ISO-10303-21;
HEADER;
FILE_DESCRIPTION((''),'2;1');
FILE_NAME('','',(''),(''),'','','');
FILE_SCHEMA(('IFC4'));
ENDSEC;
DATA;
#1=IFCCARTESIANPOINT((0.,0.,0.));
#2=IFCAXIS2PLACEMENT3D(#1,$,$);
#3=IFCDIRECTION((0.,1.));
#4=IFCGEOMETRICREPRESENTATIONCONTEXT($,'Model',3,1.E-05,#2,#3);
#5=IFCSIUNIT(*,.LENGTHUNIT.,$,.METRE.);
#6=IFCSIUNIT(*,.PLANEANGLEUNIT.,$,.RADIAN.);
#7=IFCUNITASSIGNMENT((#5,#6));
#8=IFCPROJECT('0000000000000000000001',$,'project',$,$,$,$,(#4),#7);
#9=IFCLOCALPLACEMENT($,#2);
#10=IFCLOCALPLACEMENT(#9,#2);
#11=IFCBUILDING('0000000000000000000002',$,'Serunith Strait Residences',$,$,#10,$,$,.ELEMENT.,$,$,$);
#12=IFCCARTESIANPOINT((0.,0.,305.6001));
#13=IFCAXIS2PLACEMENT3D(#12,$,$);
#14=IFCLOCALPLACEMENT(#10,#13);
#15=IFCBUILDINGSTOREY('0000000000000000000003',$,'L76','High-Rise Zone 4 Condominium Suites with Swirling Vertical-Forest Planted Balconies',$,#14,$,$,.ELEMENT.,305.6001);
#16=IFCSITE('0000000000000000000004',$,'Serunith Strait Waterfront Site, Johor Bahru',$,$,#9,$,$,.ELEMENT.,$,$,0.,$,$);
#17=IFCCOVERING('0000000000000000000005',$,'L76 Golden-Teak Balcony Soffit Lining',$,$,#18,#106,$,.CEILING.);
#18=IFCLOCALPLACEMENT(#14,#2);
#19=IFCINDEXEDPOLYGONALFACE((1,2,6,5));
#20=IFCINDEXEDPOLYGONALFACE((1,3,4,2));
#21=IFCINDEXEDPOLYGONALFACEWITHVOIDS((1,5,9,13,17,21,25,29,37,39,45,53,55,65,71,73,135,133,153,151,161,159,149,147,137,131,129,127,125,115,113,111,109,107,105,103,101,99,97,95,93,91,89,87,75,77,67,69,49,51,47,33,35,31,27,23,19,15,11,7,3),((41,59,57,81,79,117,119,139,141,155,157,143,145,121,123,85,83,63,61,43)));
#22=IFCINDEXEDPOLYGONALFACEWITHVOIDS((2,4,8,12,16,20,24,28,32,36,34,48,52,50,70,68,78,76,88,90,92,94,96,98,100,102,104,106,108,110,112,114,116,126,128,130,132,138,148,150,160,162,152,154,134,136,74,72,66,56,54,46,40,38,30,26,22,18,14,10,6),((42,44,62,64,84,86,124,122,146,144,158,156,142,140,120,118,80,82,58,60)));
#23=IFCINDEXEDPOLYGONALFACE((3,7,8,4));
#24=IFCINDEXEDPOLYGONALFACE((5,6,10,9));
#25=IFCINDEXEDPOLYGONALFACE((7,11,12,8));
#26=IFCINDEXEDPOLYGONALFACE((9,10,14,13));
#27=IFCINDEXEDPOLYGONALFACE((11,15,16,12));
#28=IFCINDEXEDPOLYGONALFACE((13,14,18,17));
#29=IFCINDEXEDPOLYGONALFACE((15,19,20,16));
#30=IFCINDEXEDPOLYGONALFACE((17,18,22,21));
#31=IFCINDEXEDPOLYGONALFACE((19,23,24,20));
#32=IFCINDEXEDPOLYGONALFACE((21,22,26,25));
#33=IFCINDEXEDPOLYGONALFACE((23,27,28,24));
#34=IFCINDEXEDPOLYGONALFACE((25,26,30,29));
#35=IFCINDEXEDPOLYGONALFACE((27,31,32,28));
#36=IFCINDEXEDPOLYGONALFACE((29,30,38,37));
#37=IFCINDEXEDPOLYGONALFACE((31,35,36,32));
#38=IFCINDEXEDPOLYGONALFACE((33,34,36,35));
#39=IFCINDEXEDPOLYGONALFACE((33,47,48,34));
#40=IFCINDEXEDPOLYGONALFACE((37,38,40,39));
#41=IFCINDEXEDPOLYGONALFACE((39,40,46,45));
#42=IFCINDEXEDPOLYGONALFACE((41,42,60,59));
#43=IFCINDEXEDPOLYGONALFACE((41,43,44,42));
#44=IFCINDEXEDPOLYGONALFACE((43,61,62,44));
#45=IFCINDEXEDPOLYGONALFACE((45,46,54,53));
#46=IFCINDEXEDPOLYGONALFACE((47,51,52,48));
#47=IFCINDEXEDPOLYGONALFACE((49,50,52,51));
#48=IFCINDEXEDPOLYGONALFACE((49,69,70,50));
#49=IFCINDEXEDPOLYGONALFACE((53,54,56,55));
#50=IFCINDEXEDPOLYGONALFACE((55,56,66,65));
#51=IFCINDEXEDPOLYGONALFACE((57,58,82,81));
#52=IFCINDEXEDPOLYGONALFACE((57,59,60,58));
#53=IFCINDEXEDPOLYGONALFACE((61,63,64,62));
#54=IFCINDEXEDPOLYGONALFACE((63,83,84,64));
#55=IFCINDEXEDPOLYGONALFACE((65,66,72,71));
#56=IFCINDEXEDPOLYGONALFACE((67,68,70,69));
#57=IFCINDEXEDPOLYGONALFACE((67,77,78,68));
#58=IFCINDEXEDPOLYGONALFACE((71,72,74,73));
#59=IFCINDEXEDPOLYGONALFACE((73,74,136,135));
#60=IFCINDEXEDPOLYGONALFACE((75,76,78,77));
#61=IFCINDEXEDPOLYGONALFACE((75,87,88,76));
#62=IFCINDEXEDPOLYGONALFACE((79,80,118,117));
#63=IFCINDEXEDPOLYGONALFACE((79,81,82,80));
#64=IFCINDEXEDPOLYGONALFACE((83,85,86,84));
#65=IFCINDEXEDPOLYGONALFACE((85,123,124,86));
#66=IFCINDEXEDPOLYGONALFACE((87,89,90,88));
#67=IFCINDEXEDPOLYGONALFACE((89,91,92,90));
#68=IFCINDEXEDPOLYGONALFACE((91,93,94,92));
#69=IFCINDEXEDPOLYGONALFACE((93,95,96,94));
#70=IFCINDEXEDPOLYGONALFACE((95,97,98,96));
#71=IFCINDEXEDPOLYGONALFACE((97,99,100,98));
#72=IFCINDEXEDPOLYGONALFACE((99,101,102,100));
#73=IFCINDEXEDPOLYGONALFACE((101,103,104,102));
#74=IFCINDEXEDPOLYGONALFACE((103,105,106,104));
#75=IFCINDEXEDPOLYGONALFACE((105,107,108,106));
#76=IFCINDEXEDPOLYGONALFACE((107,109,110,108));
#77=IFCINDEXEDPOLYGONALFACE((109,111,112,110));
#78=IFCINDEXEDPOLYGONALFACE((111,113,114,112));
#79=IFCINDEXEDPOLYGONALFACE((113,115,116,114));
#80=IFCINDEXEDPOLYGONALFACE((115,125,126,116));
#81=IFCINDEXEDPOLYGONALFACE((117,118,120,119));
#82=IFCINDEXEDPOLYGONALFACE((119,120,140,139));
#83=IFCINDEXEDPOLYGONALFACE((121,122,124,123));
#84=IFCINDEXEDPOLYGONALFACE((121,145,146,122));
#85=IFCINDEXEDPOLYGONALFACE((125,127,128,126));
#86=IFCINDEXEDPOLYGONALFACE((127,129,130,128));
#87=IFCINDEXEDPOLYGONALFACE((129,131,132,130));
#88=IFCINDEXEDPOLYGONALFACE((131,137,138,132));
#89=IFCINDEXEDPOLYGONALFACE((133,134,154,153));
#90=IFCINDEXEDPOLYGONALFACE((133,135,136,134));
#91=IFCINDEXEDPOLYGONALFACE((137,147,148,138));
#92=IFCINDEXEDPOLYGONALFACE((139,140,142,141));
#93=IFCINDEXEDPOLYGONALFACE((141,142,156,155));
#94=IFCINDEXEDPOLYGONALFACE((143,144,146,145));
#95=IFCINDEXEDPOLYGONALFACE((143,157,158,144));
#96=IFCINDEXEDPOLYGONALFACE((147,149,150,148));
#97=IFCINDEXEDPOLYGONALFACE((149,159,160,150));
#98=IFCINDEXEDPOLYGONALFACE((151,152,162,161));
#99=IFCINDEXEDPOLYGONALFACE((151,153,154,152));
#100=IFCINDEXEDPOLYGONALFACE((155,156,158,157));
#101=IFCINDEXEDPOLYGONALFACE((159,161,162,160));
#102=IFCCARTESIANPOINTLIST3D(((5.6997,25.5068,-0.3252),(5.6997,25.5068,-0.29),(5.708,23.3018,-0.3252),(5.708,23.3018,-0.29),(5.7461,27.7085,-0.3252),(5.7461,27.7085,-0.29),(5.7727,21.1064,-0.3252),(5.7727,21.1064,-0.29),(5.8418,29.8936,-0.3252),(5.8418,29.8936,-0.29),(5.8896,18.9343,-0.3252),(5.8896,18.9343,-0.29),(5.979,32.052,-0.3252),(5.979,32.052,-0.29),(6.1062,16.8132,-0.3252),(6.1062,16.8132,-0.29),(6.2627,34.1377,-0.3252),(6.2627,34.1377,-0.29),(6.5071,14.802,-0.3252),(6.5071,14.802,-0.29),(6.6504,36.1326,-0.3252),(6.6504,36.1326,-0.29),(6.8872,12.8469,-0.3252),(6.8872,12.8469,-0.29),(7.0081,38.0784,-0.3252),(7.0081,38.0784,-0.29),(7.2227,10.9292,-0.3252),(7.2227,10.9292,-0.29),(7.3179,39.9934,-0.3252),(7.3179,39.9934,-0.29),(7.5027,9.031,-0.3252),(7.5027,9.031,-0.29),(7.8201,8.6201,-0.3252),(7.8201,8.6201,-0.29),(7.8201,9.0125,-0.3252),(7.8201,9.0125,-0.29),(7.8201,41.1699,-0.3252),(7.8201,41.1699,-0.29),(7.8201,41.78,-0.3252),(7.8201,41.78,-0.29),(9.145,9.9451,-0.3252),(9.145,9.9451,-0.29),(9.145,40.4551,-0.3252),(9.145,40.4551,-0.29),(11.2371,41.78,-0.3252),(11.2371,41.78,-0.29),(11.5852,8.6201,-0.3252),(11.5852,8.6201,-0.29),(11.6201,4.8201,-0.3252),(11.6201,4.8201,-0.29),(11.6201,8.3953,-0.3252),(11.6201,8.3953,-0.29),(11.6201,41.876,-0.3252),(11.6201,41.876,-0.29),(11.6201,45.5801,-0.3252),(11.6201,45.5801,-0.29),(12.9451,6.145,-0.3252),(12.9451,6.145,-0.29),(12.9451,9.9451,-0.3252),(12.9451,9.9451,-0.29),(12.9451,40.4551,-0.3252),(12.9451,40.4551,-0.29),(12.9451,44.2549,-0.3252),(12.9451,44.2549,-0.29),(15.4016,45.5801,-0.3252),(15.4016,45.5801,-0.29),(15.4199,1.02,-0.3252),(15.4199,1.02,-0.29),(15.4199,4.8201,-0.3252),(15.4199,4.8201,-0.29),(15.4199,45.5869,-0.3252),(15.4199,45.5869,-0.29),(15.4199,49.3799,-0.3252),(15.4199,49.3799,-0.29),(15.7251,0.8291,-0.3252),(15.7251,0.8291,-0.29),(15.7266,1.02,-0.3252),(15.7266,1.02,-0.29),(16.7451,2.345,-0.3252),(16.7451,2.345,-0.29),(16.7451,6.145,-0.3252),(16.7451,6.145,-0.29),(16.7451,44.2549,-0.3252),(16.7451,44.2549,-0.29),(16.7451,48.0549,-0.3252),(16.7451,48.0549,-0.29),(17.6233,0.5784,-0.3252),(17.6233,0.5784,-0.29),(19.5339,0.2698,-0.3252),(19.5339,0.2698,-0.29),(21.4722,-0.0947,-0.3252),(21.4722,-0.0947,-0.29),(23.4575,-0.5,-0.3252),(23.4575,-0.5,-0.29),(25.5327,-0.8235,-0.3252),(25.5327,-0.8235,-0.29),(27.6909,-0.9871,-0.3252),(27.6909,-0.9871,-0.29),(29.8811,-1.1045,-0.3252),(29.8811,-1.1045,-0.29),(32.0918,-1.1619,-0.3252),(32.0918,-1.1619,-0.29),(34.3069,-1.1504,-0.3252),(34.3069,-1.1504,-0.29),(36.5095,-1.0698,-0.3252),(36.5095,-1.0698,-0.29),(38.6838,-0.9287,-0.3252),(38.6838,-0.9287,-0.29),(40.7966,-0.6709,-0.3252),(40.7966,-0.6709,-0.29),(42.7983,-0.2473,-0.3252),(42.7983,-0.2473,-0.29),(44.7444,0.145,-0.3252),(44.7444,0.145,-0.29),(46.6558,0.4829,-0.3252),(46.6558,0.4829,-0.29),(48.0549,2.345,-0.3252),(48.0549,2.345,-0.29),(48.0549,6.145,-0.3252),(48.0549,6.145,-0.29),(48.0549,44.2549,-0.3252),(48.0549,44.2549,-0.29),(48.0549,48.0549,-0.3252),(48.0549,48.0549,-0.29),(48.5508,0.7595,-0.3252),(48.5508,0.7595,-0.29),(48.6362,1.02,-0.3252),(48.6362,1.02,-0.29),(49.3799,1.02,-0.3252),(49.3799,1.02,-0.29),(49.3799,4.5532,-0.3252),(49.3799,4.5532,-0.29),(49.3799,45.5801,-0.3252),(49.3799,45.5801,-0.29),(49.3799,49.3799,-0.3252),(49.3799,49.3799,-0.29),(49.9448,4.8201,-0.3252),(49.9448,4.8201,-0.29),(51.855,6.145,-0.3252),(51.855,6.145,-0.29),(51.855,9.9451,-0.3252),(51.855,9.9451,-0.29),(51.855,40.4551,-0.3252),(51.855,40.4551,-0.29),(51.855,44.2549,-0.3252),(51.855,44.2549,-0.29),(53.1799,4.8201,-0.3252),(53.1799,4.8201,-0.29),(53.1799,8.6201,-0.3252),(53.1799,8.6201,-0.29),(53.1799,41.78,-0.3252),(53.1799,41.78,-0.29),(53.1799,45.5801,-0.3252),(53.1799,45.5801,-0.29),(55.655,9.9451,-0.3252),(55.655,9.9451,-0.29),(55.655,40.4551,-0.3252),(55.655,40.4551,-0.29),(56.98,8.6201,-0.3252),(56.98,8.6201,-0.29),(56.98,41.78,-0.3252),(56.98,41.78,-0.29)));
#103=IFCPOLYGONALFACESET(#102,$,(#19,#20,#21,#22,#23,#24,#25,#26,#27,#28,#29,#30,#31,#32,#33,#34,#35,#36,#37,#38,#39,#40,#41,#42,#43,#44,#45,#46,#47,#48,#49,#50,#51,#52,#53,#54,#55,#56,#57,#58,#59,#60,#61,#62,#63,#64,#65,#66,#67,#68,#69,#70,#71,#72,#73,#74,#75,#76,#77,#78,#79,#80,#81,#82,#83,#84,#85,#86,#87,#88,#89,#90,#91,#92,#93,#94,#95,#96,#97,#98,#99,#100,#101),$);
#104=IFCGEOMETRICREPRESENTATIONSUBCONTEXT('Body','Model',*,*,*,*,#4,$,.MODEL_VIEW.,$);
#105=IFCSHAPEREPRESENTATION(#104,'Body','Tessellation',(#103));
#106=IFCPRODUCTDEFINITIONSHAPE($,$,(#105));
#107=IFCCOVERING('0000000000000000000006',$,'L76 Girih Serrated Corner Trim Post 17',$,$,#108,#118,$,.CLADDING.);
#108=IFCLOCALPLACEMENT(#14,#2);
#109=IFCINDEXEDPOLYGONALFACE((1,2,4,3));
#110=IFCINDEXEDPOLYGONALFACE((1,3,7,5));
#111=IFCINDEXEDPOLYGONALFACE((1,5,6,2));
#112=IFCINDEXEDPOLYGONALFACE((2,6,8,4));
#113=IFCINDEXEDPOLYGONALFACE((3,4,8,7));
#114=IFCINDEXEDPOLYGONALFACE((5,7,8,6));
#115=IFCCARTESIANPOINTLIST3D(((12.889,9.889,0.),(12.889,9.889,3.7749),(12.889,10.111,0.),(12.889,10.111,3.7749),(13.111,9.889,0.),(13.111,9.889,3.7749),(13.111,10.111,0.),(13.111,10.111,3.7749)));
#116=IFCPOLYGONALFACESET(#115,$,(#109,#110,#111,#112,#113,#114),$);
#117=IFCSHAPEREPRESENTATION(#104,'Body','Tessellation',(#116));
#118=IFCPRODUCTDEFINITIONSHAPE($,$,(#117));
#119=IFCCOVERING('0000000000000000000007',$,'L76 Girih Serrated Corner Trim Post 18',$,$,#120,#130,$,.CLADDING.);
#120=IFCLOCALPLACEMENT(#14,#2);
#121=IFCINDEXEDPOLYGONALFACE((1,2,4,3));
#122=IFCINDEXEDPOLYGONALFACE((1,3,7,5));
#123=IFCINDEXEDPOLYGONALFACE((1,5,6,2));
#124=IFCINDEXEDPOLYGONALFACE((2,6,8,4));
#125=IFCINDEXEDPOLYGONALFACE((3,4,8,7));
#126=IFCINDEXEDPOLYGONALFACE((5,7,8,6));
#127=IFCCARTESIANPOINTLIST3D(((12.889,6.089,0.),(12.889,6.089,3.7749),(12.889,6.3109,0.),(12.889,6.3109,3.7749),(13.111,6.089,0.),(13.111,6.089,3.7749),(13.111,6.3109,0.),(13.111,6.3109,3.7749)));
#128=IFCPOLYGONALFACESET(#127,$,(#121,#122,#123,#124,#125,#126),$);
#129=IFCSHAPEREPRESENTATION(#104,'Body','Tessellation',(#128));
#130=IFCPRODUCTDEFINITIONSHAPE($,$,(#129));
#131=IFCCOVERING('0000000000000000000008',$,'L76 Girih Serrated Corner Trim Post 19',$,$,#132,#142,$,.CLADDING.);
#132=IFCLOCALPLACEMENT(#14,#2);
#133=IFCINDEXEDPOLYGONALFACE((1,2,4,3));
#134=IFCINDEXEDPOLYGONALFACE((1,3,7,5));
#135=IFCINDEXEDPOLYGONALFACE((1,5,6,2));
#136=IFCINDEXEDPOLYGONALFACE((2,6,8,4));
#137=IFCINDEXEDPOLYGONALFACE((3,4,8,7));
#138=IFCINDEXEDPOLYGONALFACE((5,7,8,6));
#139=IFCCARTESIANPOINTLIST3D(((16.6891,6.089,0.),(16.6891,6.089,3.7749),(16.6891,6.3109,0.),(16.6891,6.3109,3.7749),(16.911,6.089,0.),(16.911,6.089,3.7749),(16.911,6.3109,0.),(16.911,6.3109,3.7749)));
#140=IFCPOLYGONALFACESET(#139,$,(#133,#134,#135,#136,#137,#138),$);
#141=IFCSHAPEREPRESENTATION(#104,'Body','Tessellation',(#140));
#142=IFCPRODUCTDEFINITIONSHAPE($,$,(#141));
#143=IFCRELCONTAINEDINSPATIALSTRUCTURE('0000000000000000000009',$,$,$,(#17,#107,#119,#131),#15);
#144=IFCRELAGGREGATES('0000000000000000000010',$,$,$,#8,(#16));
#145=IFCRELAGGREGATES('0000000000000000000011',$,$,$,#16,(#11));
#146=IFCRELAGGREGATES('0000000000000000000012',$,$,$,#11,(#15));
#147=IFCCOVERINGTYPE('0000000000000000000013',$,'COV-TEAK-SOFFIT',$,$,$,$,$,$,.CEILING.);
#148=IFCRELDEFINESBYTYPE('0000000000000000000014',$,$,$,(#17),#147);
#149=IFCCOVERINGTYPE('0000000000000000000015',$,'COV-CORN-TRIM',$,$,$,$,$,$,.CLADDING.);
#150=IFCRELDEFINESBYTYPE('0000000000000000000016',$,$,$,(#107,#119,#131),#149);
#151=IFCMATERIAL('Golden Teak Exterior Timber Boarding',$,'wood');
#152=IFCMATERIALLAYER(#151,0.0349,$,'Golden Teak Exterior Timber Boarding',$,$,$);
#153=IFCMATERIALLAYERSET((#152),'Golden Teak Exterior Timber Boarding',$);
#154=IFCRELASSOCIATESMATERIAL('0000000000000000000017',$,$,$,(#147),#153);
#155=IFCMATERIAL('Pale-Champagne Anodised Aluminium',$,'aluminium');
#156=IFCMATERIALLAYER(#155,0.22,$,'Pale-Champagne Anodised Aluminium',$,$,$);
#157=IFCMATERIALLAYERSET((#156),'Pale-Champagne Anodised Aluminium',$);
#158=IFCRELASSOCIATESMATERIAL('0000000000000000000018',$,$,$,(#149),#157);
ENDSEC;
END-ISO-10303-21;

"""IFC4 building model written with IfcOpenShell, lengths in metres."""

from ifc_helpers import new_model, si_unit, direction, frame, origin, origin_2d, place, context, subcontext, project, spatial, polyline, rectangle, outline, extrude, source, transform, mapped, material, layer, layer_set, type_object, element, save


model = new_model("IFC4")

# Units and contexts
model_context = context("Model", 3, precision=1e-05, world=origin(), true_north=direction((0.0, 1.0)))
body_context = subcontext(model_context, "Body", "Model", "MODEL_VIEW")
ifc_project = project(units=[si_unit("LENGTHUNIT", "METRE"), si_unit("PLANEANGLEUNIT", "RADIAN")], contexts=[model_context])

# Site, building, storey
site_placement = place(None, origin())
site = spatial("IfcSite", under=ifc_project, at=site_placement, Name="Serunith Strait Waterfront Site, Johor Bahru", CompositionType="ELEMENT", RefElevation=0.0)
building_placement = place(site_placement, origin())
building = spatial("IfcBuilding", under=site, at=building_placement, Name="Serunith Strait Residences", CompositionType="ELEMENT")
storey_placement = place(building_placement, frame((0.0, 0.0, 305.6001)))
storey = spatial("IfcBuildingStorey", under=building, at=storey_placement, Name="L76", Description="High-Rise Zone 4 Condominium Suites with Swirling Vertical-Forest Planted Balconies", CompositionType="ELEMENT", Elevation=305.6001)

# Covering
ifc_material_1 = material(Name="Golden Teak Exterior Timber Boarding", Category="wood")
ifc_layer_1 = layer(ifc_material_1, 0.0349, Name="Golden Teak Exterior Timber Boarding")
ifc_layer_set_1 = layer_set([ifc_layer_1], Name="Golden Teak Exterior Timber Boarding")
covering_type_1 = type_object("IfcCoveringType", Name="COV-TEAK-SOFFIT", PredefinedType="CEILING", material=ifc_layer_set_1)
covering_1_placement = place(storey_placement, frame((0.0, 0.0, -0.3252)))
element("IfcCovering", 1, at=covering_1_placement, inside=storey, type_object=covering_type_1, Name="L76 Golden-Teak Balcony Soffit Lining", PredefinedType="CEILING", context=body_context, shape_type="SweptSolid", body=[
    extrude(outline(polyline([(15.4199, 1.02), (15.4199, 4.8201), (11.6201, 4.8201), (11.6201, 8.3953), (11.5852, 8.6201), (7.8201, 8.6201), (7.8201, 9.0125), (7.5027, 9.031), (7.2227, 10.9292), (6.8872, 12.8469), (6.5071, 14.802), (6.1062, 16.8132), (5.8896, 18.9343), (5.7727, 21.1064), (5.708, 23.3018), (5.6997, 25.5068), (5.7461, 27.7085), (5.8418, 29.8936), (5.979, 32.052), (6.2627, 34.1377), (6.6504, 36.1326), (7.0081, 38.0784), (7.3179, 39.9934), (7.8201, 41.1699), (7.8201, 41.78), (11.2371, 41.78), (11.6201, 41.876), (11.6201, 45.5801), (15.4016, 45.5801), (15.4199, 45.5869), (15.4199, 49.3799), (49.3799, 49.3799), (49.3799, 45.5801), (53.1799, 45.5801), (53.1799, 41.78), (56.98, 41.78), (56.98, 8.6201), (53.1799, 8.6201), (53.1799, 4.8201), (49.9448, 4.8201), (49.3799, 4.5532), (49.3799, 1.02), (48.6362, 1.02), (48.5508, 0.7595), (46.6558, 0.4829), (44.7444, 0.145), (42.7983, -0.2473), (40.7966, -0.6709), (38.6838, -0.9287), (36.5095, -1.0698), (34.3069, -1.1504), (32.0918, -1.1619), (29.8811, -1.1045), (27.6909, -0.9871), (25.5327, -0.8235), (23.4575, -0.5), (21.4722, -0.0947), (19.5339, 0.2698), (17.6233, 0.5784), (15.7251, 0.8291), (15.7266, 1.02), (15.4199, 1.02)]), holes=[polyline([(48.0549, 2.345), (48.0549, 6.145), (51.855, 6.145), (51.855, 9.9451), (55.655, 9.9451), (55.655, 40.4551), (51.855, 40.4551), (51.855, 44.2549), (48.0549, 44.2549), (48.0549, 48.0549), (16.7451, 48.0549), (16.7451, 44.2549), (12.9451, 44.2549), (12.9451, 40.4551), (9.145, 40.4551), (9.145, 9.9451), (12.9451, 9.9451), (12.9451, 6.145), (16.7451, 6.145), (16.7451, 2.345), (48.0549, 2.345)])]), origin(), (0.0, 0.0, 1.0), 0.0352),
])

# Coverings
ifc_material_2 = material(Name="Pale-Champagne Anodised Aluminium", Category="aluminium")
ifc_layer_2 = layer(ifc_material_2, 0.22, Name="Pale-Champagne Anodised Aluminium")
ifc_layer_set_2 = layer_set([ifc_layer_2], Name="Pale-Champagne Anodised Aluminium")
covering_type_2 = type_object("IfcCoveringType", Name="COV-CORN-TRIM", PredefinedType="CLADDING", material=ifc_layer_set_2)
shared_shape_1 = source(origin(), body_context, "Body", "SweptSolid", [
    extrude(rectangle(XDim=0.2219, YDim=0.2219, at=origin_2d()), origin(), (0.0, 0.0, 1.0), 3.7749),
])
for number, where, z_axis, x_axis, name in (
    (2, (13.0, 10.0, 0.0), (0.0, 0.0, 1.0), (1.0, 0.0, 0.0), "L76 Girih Serrated Corner Trim Post 17"),
    (3, (13.0, 6.2, 0.0), (0.0, 0.0, 1.0), (1.0, 0.0, 0.0), "L76 Girih Serrated Corner Trim Post 18"),
    (4, (16.8, 6.2, 0.0), (0.0, 0.0, 1.0), (1.0, 0.0, 0.0), "L76 Girih Serrated Corner Trim Post 19"),
):
    element("IfcCovering", number, at=place(storey_placement, frame(where, z_axis=z_axis, x_axis=x_axis)), inside=storey, type_object=covering_type_2, Name=name, PredefinedType="CLADDING", context=body_context, shape_type="MappedRepresentation", body=[
        mapped(shared_shape_1, transform((0.0, 0.0, 0.0), scale=1.0)),
    ])

save(model, "model.ifc")
